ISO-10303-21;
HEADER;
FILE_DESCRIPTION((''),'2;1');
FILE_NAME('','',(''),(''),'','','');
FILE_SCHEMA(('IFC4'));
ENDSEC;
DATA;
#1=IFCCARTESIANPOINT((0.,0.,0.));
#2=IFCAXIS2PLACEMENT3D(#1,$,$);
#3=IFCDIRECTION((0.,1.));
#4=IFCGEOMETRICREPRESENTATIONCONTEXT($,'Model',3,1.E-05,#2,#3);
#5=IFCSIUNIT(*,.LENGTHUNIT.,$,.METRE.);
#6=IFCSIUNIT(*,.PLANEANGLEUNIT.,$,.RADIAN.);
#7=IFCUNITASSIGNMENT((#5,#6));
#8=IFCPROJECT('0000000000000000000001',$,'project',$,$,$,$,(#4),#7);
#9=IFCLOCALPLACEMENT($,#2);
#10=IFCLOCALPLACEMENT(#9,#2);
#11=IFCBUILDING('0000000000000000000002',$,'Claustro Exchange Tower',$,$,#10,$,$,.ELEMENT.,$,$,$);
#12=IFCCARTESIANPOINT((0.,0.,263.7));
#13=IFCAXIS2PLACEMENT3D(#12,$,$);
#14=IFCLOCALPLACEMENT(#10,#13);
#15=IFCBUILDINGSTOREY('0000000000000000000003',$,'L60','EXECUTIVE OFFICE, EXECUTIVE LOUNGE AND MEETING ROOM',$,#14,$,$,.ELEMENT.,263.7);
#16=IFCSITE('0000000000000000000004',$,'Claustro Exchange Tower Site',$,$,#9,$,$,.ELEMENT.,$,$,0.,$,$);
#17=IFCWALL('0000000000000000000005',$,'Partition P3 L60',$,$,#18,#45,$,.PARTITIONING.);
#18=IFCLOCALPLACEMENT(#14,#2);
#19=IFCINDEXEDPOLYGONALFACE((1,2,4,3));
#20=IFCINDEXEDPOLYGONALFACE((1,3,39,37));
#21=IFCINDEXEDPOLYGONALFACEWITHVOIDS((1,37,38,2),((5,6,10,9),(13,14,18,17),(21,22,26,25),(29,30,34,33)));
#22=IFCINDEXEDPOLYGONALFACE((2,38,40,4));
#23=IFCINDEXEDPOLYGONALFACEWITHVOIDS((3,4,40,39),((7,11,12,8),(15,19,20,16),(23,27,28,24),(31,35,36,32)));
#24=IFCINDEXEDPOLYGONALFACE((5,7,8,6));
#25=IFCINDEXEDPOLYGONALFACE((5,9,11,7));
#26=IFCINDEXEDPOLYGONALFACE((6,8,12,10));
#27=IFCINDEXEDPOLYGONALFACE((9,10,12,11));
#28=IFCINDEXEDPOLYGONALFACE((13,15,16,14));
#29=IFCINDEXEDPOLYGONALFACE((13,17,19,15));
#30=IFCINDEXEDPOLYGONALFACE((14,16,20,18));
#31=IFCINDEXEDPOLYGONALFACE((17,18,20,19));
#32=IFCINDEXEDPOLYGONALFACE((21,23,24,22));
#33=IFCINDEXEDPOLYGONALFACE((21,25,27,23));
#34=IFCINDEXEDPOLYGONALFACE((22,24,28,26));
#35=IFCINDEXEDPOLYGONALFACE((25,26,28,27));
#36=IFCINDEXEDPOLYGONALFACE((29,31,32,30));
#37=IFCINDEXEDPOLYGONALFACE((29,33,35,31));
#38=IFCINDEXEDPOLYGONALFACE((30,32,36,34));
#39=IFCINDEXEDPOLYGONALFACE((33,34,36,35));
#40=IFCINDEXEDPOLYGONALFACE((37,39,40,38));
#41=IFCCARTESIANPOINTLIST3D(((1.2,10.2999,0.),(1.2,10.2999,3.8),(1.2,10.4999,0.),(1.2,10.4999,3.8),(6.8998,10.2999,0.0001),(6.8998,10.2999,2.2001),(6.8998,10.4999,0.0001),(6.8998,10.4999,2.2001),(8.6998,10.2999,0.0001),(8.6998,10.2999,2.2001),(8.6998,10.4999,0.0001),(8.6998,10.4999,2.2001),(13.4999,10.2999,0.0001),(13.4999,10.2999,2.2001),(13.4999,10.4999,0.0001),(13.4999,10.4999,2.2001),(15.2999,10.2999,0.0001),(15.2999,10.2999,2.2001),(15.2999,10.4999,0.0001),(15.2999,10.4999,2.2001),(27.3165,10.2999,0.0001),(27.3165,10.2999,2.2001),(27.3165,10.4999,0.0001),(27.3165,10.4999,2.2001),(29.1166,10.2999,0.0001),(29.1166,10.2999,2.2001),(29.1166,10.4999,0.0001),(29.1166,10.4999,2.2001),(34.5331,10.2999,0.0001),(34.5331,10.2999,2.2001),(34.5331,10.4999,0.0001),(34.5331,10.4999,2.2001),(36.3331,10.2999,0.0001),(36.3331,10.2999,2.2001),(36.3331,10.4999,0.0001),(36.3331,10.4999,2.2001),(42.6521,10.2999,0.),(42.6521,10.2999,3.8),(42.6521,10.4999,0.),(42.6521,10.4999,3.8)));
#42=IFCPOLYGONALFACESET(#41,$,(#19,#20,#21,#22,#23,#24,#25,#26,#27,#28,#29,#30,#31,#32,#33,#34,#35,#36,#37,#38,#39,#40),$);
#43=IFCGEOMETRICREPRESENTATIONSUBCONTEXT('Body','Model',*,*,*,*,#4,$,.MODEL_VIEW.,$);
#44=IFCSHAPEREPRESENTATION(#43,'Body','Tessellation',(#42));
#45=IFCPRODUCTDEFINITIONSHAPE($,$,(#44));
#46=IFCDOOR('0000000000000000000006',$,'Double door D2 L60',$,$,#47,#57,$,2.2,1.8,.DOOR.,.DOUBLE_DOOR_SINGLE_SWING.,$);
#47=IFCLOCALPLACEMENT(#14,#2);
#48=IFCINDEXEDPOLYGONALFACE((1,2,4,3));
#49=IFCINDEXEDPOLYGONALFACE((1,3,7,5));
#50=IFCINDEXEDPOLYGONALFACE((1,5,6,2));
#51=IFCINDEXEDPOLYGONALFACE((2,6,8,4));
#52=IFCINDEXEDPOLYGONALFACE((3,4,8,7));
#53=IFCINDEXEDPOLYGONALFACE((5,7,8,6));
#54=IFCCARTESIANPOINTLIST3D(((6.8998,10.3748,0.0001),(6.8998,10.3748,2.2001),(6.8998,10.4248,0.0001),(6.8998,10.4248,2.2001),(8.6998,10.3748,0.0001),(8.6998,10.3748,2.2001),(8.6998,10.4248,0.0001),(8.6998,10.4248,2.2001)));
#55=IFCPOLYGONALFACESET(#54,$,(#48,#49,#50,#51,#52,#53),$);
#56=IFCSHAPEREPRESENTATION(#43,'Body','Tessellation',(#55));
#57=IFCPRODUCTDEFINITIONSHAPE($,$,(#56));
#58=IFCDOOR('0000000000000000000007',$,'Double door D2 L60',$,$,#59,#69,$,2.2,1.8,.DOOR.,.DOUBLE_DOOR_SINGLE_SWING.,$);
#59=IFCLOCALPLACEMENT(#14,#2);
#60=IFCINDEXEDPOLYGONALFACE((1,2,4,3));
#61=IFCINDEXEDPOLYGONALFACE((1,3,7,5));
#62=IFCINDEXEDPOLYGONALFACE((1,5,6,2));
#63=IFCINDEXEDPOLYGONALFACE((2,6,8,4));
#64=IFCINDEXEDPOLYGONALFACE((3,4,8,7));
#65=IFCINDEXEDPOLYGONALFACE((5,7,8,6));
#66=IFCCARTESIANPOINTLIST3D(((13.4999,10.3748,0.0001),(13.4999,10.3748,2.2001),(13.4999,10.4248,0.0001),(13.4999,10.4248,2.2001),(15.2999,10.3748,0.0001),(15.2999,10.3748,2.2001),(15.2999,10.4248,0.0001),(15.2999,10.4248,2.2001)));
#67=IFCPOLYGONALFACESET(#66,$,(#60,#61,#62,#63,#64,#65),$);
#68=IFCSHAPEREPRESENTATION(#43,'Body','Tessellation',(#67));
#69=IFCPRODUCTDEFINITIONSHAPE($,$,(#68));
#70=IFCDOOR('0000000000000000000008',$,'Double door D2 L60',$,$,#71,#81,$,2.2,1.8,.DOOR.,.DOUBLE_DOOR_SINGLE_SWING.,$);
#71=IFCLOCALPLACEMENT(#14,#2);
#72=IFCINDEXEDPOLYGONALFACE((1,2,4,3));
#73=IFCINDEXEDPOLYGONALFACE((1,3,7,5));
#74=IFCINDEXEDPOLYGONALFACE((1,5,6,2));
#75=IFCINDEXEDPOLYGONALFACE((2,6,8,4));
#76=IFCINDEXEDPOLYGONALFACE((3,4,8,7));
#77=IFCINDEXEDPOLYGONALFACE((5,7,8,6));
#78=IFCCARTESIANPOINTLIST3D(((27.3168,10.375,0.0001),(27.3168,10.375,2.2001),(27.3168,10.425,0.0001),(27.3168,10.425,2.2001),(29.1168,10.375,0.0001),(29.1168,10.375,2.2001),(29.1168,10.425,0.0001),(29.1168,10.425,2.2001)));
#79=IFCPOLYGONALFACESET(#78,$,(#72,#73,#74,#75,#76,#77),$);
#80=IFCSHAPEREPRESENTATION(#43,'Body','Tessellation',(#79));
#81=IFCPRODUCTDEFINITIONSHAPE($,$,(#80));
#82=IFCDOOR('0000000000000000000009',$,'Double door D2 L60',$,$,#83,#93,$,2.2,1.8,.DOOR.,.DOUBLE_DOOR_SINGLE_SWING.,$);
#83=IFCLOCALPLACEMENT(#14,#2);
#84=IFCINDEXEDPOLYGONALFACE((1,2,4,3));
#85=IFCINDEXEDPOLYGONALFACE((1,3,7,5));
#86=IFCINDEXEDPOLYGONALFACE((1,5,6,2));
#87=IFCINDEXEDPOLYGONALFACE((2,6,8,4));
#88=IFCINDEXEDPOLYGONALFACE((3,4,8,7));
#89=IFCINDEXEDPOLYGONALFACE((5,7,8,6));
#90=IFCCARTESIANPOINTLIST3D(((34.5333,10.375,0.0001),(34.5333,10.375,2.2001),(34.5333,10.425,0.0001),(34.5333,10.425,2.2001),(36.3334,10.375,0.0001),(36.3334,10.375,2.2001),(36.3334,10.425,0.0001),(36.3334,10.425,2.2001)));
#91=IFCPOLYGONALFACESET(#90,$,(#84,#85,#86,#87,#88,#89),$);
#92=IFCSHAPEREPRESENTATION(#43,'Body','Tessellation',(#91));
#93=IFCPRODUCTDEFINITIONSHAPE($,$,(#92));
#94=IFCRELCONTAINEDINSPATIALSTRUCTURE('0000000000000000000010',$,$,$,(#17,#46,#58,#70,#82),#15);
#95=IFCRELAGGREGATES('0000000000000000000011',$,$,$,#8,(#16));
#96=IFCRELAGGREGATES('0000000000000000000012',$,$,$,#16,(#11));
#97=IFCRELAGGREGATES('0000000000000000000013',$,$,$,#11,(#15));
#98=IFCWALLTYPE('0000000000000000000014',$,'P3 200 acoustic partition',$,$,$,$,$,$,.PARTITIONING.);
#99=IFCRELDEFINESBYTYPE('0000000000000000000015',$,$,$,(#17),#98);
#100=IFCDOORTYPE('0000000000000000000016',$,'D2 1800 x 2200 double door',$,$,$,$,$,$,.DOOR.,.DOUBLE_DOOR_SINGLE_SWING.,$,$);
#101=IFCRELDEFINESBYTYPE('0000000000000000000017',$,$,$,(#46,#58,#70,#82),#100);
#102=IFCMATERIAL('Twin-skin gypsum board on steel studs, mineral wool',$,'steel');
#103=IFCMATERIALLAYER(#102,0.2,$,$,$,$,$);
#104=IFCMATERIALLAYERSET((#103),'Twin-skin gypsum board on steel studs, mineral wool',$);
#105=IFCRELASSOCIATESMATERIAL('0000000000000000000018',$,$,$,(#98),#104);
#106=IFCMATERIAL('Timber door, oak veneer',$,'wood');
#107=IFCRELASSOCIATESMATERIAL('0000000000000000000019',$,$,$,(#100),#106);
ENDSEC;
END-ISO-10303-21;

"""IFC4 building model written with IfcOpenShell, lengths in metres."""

from ifc_helpers import new_model, si_unit, direction, frame, frame_2d, origin, place, context, subcontext, project, spatial, rectangle, extrude, material, layer, layer_set, type_object, element, fill, save


model = new_model("IFC4")

# Units and contexts
model_context = context("Model", 3, precision=1e-05, world=origin(), true_north=direction((0.0, 1.0)))
body_context = subcontext(model_context, "Body", "Model", "MODEL_VIEW")
ifc_project = project(units=[si_unit("LENGTHUNIT", "METRE"), si_unit("PLANEANGLEUNIT", "RADIAN")], contexts=[model_context])

# Site, building, storey
site_placement = place(None, origin())
site = spatial("IfcSite", under=ifc_project, at=site_placement, Name="Claustro Exchange Tower Site", CompositionType="ELEMENT", RefElevation=0.0)
building_placement = place(site_placement, origin())
building = spatial("IfcBuilding", under=site, at=building_placement, Name="Claustro Exchange Tower", CompositionType="ELEMENT")
storey_placement = place(building_placement, frame((0.0, 0.0, 263.7)))
storey = spatial("IfcBuildingStorey", under=building, at=storey_placement, Name="L60", Description="EXECUTIVE OFFICE, EXECUTIVE LOUNGE AND MEETING ROOM", CompositionType="ELEMENT", Elevation=263.7)

# Shared definitions
ifc_material_1 = material(Name="Twin-skin gypsum board on steel studs, mineral wool", Category="steel")
ifc_layer_1 = layer(ifc_material_1, 0.2)
ifc_layer_set_1 = layer_set([ifc_layer_1], Name="Twin-skin gypsum board on steel studs, mineral wool")
wall_type_1 = type_object("IfcWallType", Name="P3 200 acoustic partition", PredefinedType="PARTITIONING", material=ifc_layer_set_1)
ifc_material_2 = material(Name="Timber door, oak veneer", Category="wood")
door_type_1 = type_object("IfcDoorType", Name="D2 1800 x 2200 double door", OperationType="DOUBLE_DOOR_SINGLE_SWING", PredefinedType="DOOR", material=ifc_material_2)

# Wall, openings, doors
wall_1_placement = place(storey_placement, frame((1.2, 10.3999, 0.0), z_axis=(0.0, 0.0, 1.0), x_axis=(1.0, 0.0, 0.0)))
wall_1 = element("IfcWall", 1, at=wall_1_placement, inside=storey, type_object=wall_type_1, Name="Partition P3 L60", PredefinedType="PARTITIONING", context=body_context, shape_type="SweptSolid", body=[
    extrude(rectangle(XDim=41.4521, YDim=0.2, at=frame_2d((20.7261, 0.0))), origin(), (0.0, 0.0, 1.0), 3.8),
])
opening_1_placement = place(wall_1_placement, frame((5.7, 0.0, 0.0)))
opening_1 = element("IfcOpeningElement", 2, at=opening_1_placement, cuts=wall_1, PredefinedType="OPENING", context=body_context, shape_type="SweptSolid", body=[
    extrude(rectangle(XDim=1.8, YDim=2.2, at=frame_2d((0.8999, 1.1001))), frame((0.0, 0.1099, 0.0), z_axis=(0.0, -1.0, 0.0), x_axis=(1.0, 0.0, 0.0)), (0.0, 0.0, 1.0), 0.22),
])
opening_2_placement = place(wall_1_placement, frame((12.3, 0.0, 0.0)))
opening_2 = element("IfcOpeningElement", 3, at=opening_2_placement, cuts=wall_1, PredefinedType="OPENING", context=body_context, shape_type="SweptSolid", body=[
    extrude(rectangle(XDim=1.8, YDim=2.2, at=frame_2d((0.8999, 1.1001))), frame((0.0, 0.1099, 0.0), z_axis=(0.0, -1.0, 0.0), x_axis=(1.0, 0.0, 0.0)), (0.0, 0.0, 1.0), 0.22),
])
opening_3_placement = place(wall_1_placement, frame((26.1167, 0.0, 0.0)))
opening_3 = element("IfcOpeningElement", 4, at=opening_3_placement, cuts=wall_1, PredefinedType="OPENING", context=body_context, shape_type="SweptSolid", body=[
    extrude(rectangle(XDim=1.8, YDim=2.2, at=frame_2d((0.8999, 1.1001))), frame((0.0, 0.1099, 0.0), z_axis=(0.0, -1.0, 0.0), x_axis=(1.0, 0.0, 0.0)), (0.0, 0.0, 1.0), 0.22),
])
opening_4_placement = place(wall_1_placement, frame((33.3333, 0.0, 0.0)))
opening_4 = element("IfcOpeningElement", 5, at=opening_4_placement, cuts=wall_1, PredefinedType="OPENING", context=body_context, shape_type="SweptSolid", body=[
    extrude(rectangle(XDim=1.8, YDim=2.2, at=frame_2d((0.8999, 1.1001))), frame((0.0, 0.1099, 0.0), z_axis=(0.0, -1.0, 0.0), x_axis=(1.0, 0.0, 0.0)), (0.0, 0.0, 1.0), 0.22),
])
door_1_placement = place(opening_1_placement, origin())
door_1 = element("IfcDoor", 6, at=door_1_placement, inside=storey, type_object=door_type_1, Name="Double door D2 L60", OperationType="DOUBLE_DOOR_SINGLE_SWING", OverallHeight=2.2, OverallWidth=1.8, PredefinedType="DOOR", context=body_context, shape_type="SweptSolid", body=[
    extrude(rectangle(XDim=1.8, YDim=2.2, at=frame_2d((0.8999, 1.1001))), frame((0.0, 0.0249, 0.0), z_axis=(0.0, -1.0, 0.0), x_axis=(1.0, 0.0, 0.0)), (0.0, 0.0, 1.0), 0.05),
])
fill(opening_1, door_1)
door_2_placement = place(opening_2_placement, origin())
door_2 = element("IfcDoor", 7, at=door_2_placement, inside=storey, type_object=door_type_1, Name="Double door D2 L60", OperationType="DOUBLE_DOOR_SINGLE_SWING", OverallHeight=2.2, OverallWidth=1.8, PredefinedType="DOOR", context=body_context, shape_type="SweptSolid", body=[
    extrude(rectangle(XDim=1.8, YDim=2.2, at=frame_2d((0.8999, 1.1001))), frame((0.0, 0.0249, 0.0), z_axis=(0.0, -1.0, 0.0), x_axis=(1.0, 0.0, 0.0)), (0.0, 0.0, 1.0), 0.05),
])
fill(opening_2, door_2)
door_3_placement = place(opening_3_placement, frame((1.8, 0.0, 0.0), z_axis=(0.0, 0.0, 1.0), x_axis=(-1.0, 0.0, 0.0)))
door_3 = element("IfcDoor", 8, at=door_3_placement, inside=storey, type_object=door_type_1, Name="Double door D2 L60", OperationType="DOUBLE_DOOR_SINGLE_SWING", OverallHeight=2.2, OverallWidth=1.8, PredefinedType="DOOR", context=body_context, shape_type="SweptSolid", body=[
    extrude(rectangle(XDim=1.8, YDim=2.2, at=frame_2d((0.8999, 1.1001))), frame((0.0, 0.0249, 0.0), z_axis=(0.0, -1.0, 0.0), x_axis=(1.0, 0.0, 0.0)), (0.0, 0.0, 1.0), 0.05),
])
fill(opening_3, door_3)
door_4_placement = place(opening_4_placement, frame((1.8, 0.0, 0.0), z_axis=(0.0, 0.0, 1.0), x_axis=(-1.0, 0.0, 0.0)))
door_4 = element("IfcDoor", 9, at=door_4_placement, inside=storey, type_object=door_type_1, Name="Double door D2 L60", OperationType="DOUBLE_DOOR_SINGLE_SWING", OverallHeight=2.2, OverallWidth=1.8, PredefinedType="DOOR", context=body_context, shape_type="SweptSolid", body=[
    extrude(rectangle(XDim=1.8, YDim=2.2, at=frame_2d((0.8999, 1.1001))), frame((0.0, 0.0249, 0.0), z_axis=(0.0, -1.0, 0.0), x_axis=(1.0, 0.0, 0.0)), (0.0, 0.0, 1.0), 0.05),
])
fill(opening_4, door_4)

save(model, "model.ifc")
